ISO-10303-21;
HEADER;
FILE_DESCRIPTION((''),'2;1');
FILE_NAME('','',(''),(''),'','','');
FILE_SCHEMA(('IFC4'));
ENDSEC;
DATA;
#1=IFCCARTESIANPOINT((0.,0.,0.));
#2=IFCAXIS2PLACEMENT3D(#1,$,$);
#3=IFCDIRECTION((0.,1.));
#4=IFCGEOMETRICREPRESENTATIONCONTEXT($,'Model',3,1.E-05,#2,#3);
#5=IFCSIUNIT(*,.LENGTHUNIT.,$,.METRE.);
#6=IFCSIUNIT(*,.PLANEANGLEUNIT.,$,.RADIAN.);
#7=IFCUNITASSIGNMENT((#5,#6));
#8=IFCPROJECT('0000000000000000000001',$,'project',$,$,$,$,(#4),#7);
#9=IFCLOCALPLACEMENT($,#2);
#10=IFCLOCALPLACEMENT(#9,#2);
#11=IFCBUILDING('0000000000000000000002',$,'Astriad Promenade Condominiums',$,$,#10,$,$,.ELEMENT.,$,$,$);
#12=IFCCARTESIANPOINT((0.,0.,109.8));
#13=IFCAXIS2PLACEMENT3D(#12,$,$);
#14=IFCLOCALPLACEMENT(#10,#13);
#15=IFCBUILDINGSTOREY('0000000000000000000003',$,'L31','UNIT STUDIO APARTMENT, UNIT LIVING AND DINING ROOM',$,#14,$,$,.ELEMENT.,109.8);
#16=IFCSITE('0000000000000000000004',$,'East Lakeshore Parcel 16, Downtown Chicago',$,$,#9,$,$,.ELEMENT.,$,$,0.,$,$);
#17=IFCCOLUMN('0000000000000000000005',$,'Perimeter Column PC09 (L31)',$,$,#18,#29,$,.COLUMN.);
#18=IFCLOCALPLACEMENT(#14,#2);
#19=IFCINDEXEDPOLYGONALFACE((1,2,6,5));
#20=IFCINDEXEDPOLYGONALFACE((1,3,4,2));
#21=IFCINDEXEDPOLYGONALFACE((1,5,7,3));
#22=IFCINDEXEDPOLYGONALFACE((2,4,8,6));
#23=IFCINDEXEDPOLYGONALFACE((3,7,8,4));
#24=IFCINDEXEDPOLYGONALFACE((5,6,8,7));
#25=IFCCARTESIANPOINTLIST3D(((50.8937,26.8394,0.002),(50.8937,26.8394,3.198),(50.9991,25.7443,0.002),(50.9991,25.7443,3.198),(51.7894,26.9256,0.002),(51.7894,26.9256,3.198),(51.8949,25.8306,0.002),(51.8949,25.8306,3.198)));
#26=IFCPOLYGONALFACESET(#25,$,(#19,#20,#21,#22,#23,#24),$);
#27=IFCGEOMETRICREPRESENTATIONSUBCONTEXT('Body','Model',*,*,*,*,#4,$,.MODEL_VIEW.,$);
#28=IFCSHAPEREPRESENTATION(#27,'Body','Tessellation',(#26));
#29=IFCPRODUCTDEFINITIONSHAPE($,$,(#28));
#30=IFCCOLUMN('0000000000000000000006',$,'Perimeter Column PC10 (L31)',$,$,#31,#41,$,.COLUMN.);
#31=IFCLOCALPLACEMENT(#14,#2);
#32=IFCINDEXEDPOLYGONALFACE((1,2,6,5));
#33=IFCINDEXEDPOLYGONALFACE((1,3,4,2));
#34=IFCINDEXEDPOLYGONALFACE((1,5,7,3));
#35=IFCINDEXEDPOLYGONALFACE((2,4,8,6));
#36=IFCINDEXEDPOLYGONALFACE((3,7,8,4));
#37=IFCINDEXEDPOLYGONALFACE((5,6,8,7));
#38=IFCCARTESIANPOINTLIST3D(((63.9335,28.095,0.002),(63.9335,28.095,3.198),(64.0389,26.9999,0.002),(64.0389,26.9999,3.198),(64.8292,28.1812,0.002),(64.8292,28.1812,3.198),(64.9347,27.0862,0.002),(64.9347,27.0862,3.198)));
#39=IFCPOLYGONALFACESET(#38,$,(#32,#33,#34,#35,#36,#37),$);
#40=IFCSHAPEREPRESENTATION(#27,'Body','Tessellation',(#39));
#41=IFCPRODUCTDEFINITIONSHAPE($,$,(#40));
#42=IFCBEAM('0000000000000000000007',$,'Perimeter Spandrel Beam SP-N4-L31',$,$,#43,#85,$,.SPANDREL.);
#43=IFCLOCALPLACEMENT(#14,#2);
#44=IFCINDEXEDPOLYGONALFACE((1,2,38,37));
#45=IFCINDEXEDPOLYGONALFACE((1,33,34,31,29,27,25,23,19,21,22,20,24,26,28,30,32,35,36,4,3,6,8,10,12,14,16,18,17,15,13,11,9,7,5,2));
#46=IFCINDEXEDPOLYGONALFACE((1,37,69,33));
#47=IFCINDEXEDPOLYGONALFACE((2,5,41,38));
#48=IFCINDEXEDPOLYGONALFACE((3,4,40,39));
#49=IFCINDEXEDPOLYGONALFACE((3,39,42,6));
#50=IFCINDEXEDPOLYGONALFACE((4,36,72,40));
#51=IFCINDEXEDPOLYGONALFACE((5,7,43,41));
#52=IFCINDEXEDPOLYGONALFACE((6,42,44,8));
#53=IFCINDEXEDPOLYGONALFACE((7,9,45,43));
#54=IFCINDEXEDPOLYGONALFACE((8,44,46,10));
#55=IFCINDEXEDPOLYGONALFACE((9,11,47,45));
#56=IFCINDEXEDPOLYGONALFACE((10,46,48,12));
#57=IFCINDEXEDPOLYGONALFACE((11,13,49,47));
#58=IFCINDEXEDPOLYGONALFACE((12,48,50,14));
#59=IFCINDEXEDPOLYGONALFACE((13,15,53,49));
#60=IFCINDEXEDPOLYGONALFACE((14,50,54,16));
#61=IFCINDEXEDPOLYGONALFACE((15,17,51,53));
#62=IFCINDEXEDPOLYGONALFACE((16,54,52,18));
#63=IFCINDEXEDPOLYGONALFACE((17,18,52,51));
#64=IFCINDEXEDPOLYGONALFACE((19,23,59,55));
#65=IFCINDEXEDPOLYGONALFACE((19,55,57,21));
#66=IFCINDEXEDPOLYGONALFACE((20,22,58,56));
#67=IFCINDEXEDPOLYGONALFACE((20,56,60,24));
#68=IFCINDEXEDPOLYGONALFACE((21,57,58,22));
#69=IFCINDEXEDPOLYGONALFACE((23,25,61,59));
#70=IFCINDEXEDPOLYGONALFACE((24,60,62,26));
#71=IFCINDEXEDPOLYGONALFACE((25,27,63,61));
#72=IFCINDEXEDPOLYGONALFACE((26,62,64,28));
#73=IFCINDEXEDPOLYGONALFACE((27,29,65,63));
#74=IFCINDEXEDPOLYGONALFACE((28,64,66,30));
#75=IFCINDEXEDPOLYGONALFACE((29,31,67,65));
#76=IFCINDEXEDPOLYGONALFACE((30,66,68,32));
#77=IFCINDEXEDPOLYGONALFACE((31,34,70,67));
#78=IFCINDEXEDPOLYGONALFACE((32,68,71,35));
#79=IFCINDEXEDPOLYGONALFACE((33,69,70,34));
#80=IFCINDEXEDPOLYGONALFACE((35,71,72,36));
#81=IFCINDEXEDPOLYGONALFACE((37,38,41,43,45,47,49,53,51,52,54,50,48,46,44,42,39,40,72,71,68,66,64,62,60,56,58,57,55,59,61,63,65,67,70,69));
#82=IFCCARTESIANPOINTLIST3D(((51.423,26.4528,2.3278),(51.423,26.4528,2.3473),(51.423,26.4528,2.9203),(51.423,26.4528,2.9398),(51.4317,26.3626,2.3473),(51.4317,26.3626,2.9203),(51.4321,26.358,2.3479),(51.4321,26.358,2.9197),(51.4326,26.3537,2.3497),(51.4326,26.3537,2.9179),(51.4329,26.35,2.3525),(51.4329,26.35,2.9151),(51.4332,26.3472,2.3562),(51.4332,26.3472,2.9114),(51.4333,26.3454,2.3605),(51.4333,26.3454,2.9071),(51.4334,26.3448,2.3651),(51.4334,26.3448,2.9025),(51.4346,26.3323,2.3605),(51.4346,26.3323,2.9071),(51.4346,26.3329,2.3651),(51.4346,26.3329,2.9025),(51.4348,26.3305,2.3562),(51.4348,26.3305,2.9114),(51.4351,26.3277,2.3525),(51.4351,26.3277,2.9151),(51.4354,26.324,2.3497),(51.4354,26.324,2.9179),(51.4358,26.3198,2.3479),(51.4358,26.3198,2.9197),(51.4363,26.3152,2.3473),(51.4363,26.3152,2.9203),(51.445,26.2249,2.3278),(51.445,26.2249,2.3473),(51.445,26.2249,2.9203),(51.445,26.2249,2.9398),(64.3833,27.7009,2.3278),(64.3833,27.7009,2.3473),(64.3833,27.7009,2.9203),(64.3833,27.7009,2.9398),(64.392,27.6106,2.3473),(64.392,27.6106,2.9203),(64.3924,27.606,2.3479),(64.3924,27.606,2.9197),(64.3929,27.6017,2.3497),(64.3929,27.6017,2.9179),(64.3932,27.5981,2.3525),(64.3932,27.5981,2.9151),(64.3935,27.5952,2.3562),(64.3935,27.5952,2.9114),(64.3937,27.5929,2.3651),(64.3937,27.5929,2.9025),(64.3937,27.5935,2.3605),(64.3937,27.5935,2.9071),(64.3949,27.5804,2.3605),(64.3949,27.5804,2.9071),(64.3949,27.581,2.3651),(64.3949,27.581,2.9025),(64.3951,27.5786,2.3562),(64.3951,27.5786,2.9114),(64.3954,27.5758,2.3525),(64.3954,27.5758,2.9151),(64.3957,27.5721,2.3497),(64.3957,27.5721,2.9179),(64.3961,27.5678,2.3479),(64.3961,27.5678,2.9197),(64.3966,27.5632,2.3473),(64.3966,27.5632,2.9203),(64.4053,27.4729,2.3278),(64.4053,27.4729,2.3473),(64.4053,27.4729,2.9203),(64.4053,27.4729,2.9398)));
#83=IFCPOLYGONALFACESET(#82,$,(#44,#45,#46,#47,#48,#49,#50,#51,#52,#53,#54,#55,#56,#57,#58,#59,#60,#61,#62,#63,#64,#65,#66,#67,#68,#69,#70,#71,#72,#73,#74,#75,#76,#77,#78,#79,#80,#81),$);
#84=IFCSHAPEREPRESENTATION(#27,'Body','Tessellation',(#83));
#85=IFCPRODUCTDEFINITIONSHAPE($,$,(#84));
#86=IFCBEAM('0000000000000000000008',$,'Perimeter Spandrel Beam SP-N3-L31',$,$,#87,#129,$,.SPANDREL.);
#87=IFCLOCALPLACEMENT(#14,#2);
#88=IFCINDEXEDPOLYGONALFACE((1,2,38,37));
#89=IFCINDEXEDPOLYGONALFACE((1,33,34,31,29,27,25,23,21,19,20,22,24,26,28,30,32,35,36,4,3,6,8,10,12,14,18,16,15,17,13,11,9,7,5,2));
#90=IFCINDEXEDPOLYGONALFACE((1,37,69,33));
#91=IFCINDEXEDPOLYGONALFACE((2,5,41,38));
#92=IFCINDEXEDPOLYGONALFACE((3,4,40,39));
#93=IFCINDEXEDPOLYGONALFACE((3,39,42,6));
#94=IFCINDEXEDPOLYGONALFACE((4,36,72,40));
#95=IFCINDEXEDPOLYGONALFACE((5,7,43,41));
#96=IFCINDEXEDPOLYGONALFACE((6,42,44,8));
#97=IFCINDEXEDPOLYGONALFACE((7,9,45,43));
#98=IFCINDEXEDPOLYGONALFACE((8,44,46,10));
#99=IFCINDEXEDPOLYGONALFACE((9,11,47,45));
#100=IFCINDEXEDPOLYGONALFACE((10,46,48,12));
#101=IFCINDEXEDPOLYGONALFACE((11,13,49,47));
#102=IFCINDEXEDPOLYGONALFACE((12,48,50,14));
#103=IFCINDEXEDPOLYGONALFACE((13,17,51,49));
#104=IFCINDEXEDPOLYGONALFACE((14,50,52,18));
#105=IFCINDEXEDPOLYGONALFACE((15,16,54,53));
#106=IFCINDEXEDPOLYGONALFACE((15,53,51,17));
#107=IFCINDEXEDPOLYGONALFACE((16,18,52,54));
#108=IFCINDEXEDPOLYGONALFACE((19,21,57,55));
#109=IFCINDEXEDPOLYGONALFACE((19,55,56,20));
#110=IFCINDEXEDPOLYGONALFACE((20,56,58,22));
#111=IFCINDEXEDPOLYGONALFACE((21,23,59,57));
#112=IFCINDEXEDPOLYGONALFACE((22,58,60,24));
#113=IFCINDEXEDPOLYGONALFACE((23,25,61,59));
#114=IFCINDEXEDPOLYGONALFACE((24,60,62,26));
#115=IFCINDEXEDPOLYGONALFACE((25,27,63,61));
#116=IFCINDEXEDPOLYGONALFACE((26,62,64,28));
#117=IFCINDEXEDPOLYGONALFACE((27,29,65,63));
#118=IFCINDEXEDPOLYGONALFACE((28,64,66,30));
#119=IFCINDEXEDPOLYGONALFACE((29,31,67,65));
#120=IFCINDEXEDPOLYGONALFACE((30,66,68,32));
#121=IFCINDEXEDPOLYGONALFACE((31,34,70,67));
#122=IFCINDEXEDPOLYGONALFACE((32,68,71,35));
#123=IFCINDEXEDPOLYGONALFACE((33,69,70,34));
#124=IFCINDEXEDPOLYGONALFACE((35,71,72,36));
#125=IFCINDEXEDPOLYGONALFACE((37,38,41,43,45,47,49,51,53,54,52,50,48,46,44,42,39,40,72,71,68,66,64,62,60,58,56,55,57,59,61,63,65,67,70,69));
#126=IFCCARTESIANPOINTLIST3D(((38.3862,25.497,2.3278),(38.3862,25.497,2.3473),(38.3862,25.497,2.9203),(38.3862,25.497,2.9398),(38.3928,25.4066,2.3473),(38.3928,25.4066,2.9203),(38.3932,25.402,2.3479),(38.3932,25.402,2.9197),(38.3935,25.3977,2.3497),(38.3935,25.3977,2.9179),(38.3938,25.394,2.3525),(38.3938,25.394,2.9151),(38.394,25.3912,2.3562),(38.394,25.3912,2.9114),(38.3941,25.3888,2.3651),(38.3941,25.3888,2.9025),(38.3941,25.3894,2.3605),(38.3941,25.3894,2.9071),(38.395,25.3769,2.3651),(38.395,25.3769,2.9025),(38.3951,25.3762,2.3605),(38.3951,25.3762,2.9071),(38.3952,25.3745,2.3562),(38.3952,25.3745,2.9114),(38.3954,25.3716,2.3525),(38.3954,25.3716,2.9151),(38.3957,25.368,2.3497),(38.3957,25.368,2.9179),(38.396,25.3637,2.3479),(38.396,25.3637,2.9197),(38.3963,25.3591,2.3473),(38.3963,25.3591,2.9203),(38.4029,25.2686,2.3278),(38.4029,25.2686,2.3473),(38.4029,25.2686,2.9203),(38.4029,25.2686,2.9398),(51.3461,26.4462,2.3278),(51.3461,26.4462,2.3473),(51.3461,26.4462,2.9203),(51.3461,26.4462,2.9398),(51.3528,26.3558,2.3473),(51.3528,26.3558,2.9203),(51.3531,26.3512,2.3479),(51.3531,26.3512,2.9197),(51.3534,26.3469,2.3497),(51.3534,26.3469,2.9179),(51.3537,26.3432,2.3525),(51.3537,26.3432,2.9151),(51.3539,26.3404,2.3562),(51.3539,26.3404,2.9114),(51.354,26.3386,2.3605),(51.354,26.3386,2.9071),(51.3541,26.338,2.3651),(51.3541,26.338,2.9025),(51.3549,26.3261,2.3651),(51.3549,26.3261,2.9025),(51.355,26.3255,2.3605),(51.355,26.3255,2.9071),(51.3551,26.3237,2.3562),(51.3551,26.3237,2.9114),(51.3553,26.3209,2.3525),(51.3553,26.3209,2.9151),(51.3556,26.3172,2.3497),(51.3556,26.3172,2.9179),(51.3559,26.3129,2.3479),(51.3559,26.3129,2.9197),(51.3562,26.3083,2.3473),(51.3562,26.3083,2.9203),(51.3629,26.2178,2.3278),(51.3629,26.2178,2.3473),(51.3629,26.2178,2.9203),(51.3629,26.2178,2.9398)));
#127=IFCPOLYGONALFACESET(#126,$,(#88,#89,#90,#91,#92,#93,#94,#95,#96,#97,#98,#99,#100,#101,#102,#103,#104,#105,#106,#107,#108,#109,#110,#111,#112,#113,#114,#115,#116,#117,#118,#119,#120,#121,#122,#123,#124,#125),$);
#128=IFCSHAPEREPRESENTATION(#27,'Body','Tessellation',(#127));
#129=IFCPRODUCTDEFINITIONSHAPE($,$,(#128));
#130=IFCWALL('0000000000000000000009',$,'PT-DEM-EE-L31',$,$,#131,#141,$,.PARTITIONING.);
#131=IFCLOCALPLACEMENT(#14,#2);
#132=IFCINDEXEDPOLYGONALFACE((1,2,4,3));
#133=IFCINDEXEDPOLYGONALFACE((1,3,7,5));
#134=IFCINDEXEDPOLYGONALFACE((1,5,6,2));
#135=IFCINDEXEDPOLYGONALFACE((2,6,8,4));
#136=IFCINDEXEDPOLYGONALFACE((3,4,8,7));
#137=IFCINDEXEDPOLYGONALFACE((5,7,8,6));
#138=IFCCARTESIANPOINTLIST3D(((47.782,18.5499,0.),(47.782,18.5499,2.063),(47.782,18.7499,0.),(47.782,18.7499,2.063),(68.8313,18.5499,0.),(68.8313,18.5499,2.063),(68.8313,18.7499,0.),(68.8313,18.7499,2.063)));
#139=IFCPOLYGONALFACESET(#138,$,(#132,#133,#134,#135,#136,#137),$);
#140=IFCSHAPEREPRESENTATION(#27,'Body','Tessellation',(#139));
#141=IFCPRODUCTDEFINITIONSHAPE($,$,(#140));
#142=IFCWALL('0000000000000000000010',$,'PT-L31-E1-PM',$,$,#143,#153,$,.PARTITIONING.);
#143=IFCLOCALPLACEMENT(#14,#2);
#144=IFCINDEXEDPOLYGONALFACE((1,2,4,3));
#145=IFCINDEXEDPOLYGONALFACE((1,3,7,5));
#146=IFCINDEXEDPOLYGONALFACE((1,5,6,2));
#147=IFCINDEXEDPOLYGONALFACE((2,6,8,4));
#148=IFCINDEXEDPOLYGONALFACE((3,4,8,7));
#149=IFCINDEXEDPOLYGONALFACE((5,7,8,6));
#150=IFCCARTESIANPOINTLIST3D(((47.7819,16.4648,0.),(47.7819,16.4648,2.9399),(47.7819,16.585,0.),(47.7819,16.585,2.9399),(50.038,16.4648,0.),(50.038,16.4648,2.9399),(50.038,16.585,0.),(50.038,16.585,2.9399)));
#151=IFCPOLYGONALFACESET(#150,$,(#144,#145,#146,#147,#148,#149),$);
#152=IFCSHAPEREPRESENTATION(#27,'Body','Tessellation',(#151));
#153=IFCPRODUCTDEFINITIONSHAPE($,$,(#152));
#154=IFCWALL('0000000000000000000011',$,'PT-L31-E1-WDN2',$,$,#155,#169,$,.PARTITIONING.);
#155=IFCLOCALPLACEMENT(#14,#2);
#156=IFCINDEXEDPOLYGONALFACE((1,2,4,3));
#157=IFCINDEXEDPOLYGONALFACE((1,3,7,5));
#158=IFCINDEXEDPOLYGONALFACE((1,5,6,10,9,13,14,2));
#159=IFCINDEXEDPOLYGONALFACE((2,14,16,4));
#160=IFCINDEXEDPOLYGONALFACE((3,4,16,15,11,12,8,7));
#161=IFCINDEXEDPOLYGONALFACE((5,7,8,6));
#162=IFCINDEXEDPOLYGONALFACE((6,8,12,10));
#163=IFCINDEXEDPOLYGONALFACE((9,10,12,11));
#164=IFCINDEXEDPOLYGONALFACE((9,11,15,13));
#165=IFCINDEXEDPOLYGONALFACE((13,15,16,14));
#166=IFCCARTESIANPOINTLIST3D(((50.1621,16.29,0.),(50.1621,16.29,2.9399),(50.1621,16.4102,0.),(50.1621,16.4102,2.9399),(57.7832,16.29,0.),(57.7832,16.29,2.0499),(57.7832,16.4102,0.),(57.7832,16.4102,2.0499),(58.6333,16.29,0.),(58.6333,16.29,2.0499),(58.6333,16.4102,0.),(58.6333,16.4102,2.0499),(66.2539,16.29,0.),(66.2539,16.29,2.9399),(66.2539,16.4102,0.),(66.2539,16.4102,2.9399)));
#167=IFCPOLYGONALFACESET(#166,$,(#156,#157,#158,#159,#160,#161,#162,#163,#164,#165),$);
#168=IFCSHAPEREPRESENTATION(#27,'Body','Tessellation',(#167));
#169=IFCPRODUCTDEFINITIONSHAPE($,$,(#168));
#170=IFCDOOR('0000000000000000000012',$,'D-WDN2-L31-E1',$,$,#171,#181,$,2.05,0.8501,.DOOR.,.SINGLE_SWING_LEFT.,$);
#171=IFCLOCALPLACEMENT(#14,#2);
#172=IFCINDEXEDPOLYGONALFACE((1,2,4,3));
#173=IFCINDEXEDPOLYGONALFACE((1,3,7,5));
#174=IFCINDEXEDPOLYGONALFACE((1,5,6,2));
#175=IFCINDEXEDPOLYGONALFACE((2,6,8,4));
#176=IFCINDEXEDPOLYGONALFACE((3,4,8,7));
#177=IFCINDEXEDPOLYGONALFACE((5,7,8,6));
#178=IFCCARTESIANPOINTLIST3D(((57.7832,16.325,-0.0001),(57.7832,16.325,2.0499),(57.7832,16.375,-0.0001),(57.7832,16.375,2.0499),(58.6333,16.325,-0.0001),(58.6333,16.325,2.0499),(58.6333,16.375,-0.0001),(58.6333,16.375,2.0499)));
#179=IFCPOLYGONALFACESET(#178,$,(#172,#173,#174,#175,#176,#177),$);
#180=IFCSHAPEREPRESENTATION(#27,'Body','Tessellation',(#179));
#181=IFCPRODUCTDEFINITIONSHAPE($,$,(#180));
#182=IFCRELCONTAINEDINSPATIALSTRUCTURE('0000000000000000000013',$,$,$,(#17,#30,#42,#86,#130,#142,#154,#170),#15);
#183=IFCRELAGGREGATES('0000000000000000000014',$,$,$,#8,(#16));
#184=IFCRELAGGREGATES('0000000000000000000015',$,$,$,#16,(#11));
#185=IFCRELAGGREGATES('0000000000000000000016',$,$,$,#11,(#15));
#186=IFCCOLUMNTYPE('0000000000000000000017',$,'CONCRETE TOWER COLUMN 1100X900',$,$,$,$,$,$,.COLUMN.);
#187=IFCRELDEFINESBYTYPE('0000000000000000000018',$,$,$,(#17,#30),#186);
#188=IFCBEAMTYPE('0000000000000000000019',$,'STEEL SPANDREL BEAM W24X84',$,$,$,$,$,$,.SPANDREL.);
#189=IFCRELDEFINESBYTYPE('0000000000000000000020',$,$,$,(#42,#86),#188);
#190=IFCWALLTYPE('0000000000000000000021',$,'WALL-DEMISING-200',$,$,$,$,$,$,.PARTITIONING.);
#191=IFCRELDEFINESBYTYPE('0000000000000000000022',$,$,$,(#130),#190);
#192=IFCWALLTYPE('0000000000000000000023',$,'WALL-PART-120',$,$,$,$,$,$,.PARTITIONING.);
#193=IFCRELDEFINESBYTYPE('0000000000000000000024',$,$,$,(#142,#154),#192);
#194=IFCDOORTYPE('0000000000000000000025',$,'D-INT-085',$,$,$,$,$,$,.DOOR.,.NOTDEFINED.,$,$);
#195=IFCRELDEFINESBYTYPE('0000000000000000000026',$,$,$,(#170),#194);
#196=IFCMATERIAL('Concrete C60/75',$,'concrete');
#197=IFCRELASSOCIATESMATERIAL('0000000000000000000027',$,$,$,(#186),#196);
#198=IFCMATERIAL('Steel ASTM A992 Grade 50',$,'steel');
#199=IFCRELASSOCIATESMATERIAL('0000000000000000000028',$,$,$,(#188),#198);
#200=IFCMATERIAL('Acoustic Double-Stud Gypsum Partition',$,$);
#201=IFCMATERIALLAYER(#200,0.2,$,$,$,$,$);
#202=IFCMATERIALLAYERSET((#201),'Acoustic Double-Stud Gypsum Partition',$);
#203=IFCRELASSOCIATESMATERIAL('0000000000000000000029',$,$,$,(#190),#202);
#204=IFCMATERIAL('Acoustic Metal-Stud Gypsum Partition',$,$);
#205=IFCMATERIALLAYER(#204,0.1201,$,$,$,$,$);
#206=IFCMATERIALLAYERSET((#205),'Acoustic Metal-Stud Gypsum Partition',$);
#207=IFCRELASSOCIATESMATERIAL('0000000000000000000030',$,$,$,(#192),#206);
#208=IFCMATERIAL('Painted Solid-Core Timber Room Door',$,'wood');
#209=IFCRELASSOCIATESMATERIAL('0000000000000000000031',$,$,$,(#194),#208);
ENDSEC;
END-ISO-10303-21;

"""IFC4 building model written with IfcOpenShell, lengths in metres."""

from ifc_helpers import new_model, si_unit, direction, frame, frame_2d, origin, origin_2d, place, context, subcontext, project, spatial, rectangle, i_section, extrude, source, transform, mapped, material, layer, layer_set, material_profile, profile_set, type_object, type_shapes, element, fill, save


model = new_model("IFC4")

# Units and contexts
model_context = context("Model", 3, precision=1e-05, world=origin(), true_north=direction((0.0, 1.0)))
body_context = subcontext(model_context, "Body", "Model", "MODEL_VIEW")
ifc_project = project(units=[si_unit("LENGTHUNIT", "METRE"), si_unit("PLANEANGLEUNIT", "RADIAN")], contexts=[model_context])

# Site, building, storey
site_placement = place(None, origin())
site = spatial("IfcSite", under=ifc_project, at=site_placement, Name="East Lakeshore Parcel 16, Downtown Chicago", CompositionType="ELEMENT", RefElevation=0.0)
building_placement = place(site_placement, origin())
building = spatial("IfcBuilding", under=site, at=building_placement, Name="Astriad Promenade Condominiums", CompositionType="ELEMENT")
storey_placement = place(building_placement, frame((0.0, 0.0, 109.8)))
storey = spatial("IfcBuildingStorey", under=building, at=storey_placement, Name="L31", Description="UNIT STUDIO APARTMENT, UNIT LIVING AND DINING ROOM", CompositionType="ELEMENT", Elevation=109.8)

# Columns
ifc_material_1 = material(Name="Concrete C60/75", Category="concrete")
ifc_material_profile_1 = material_profile(ifc_material_1, rectangle(XDim=0.8999, YDim=1.1001, at=origin_2d()), Name="RC-COL-1100X900")
ifc_profile_set_1 = profile_set([ifc_material_profile_1], Name="Concrete C60/75")
column_type = type_object("IfcColumnType", Name="CONCRETE TOWER COLUMN 1100X900", PredefinedType="COLUMN", material=ifc_profile_set_1)
shared_shape_1 = source(origin(), body_context, "Body", "SweptSolid", [
    extrude(rectangle(XDim=0.8999, YDim=1.1001, at=origin_2d()), origin(), (0.0, 0.0, 1.0), 3.196),
])
type_shapes(column_type, [shared_shape_1])
for number, where, z_axis, x_axis, name in (
    (1, (51.3943, 26.335, 0.002), (0.0, 0.0, 1.0), (0.995396, 0.095846, 0.0), "Perimeter Column PC09 (L31)"),
    (2, (64.4341, 27.5906, 0.002), (0.0, 0.0, 1.0), (0.995396, 0.095846, 0.0), "Perimeter Column PC10 (L31)"),
):
    element("IfcColumn", number, at=place(storey_placement, frame(where, z_axis=z_axis, x_axis=x_axis)), inside=storey, type_object=column_type, Name=name, PredefinedType="COLUMN", context=body_context, shape_type="MappedRepresentation", body=[
        mapped(shared_shape_1, transform((0.0, 0.0, 0.0), scale=1.0)),
    ])

# Beams
ifc_material_2 = material(Name="Steel ASTM A992 Grade 50", Category="steel")
ifc_material_profile_2 = material_profile(ifc_material_2, i_section(OverallWidth=0.229, OverallDepth=0.6121, WebThickness=0.012, FlangeThickness=0.0195, FilletRadius=0.0178, at=origin_2d()), Name="W24X84")
ifc_profile_set_2 = profile_set([ifc_material_profile_2], Name="Steel ASTM A992 Grade 50")
beam_type = type_object("IfcBeamType", Name="STEEL SPANDREL BEAM W24X84", PredefinedType="SPANDREL", material=ifc_profile_set_2)
shared_shape_2 = source(origin(), body_context, "Body", "SweptSolid", [
    extrude(i_section(OverallWidth=0.229, OverallDepth=0.6121, WebThickness=0.012, FlangeThickness=0.0195, FilletRadius=0.0178, at=origin_2d()), origin(), (0.0, 0.0, 1.0), 13.0203),
])
beam_1_placement = place(storey_placement, frame((64.3943, 27.5869, 2.6338), z_axis=(-0.995395, -0.095855, 0.0), x_axis=(0.095855, -0.995395, 0.0)))
element("IfcBeam", 3, at=beam_1_placement, inside=storey, type_object=beam_type, Name="Perimeter Spandrel Beam SP-N4-L31", PredefinedType="SPANDREL", context=body_context, shape_type="MappedRepresentation", body=[
    mapped(shared_shape_2, transform((0.0, 0.0, 0.0), scale=1.0)),
])
shared_shape_3 = source(origin(), body_context, "Body", "SweptSolid", [
    extrude(i_section(OverallWidth=0.229, OverallDepth=0.6121, WebThickness=0.012, FlangeThickness=0.0195, FilletRadius=0.0178, at=origin_2d()), origin(), (0.0, 0.0, 1.0), 12.9946),
])
type_shapes(beam_type, [shared_shape_2, shared_shape_3])
beam_2_placement = place(storey_placement, frame((51.3545, 26.332, 2.6338), z_axis=(-0.997329, -0.073047, 0.0), x_axis=(0.073047, -0.997329, 0.0)))
element("IfcBeam", 4, at=beam_2_placement, inside=storey, type_object=beam_type, Name="Perimeter Spandrel Beam SP-N3-L31", PredefinedType="SPANDREL", context=body_context, shape_type="MappedRepresentation", body=[
    mapped(shared_shape_3, transform((0.0, 0.0, 0.0), scale=1.0)),
])

# Walls
ifc_material_3 = material(Name="Acoustic Double-Stud Gypsum Partition")
ifc_layer_1 = layer(ifc_material_3, 0.2)
ifc_layer_set_1 = layer_set([ifc_layer_1], Name="Acoustic Double-Stud Gypsum Partition")
wall_type_1 = type_object("IfcWallType", Name="WALL-DEMISING-200", PredefinedType="PARTITIONING", material=ifc_layer_set_1)
wall_1_placement = place(storey_placement, frame((47.782, 18.6499, 0.0), z_axis=(0.0, 0.0, 1.0), x_axis=(1.0, 0.0, 0.0)))
element("IfcWall", 5, at=wall_1_placement, inside=storey, type_object=wall_type_1, Name="PT-DEM-EE-L31", PredefinedType="PARTITIONING", context=body_context, shape_type="SweptSolid", body=[
    extrude(rectangle(XDim=21.0493, YDim=0.2, at=frame_2d((10.5247, 0.0))), origin(), (0.0, 0.0, 1.0), 2.063),
])
ifc_material_4 = material(Name="Acoustic Metal-Stud Gypsum Partition")
ifc_layer_2 = layer(ifc_material_4, 0.1201)
ifc_layer_set_2 = layer_set([ifc_layer_2], Name="Acoustic Metal-Stud Gypsum Partition")
wall_type_2 = type_object("IfcWallType", Name="WALL-PART-120", PredefinedType="PARTITIONING", material=ifc_layer_set_2)
wall_2_placement = place(storey_placement, frame((47.782, 16.5249, 0.0), z_axis=(0.0, 0.0, 1.0), x_axis=(1.0, 0.0, 0.0)))
element("IfcWall", 6, at=wall_2_placement, inside=storey, type_object=wall_type_2, Name="PT-L31-E1-PM", PredefinedType="PARTITIONING", context=body_context, shape_type="SweptSolid", body=[
    extrude(rectangle(XDim=2.2561, YDim=0.1201, at=frame_2d((1.1279, 0.0))), origin(), (0.0, 0.0, 1.0), 2.9399),
])

# Wall, opening, door
wall_3_placement = place(storey_placement, frame((50.1621, 16.3501, 0.0), z_axis=(0.0, 0.0, 1.0), x_axis=(1.0, 0.0, 0.0)))
wall_3 = element("IfcWall", 7, at=wall_3_placement, inside=storey, type_object=wall_type_2, Name="PT-L31-E1-WDN2", PredefinedType="PARTITIONING", context=body_context, shape_type="SweptSolid", body=[
    extrude(rectangle(XDim=16.0918, YDim=0.1201, at=frame_2d((8.0459, 0.0))), origin(), (0.0, 0.0, 1.0), 2.9399),
])
opening_1_placement = place(wall_3_placement, frame((7.6211, 0.0, 0.0)))
opening_1 = element("IfcOpeningElement", 8, at=opening_1_placement, cuts=wall_3, PredefinedType="OPENING", context=body_context, shape_type="SweptSolid", body=[
    extrude(rectangle(XDim=0.8501, YDim=2.05, at=frame_2d((0.425, 1.0249))), frame((0.0, 0.0701, 0.0), z_axis=(0.0, -1.0, 0.0), x_axis=(1.0, 0.0, 0.0)), (0.0, 0.0, 1.0), 0.1401),
])
ifc_material_5 = material(Name="Painted Solid-Core Timber Room Door", Category="wood")
door_type_1 = type_object("IfcDoorType", Name="D-INT-085", OperationType="NOTDEFINED", PredefinedType="DOOR", material=ifc_material_5)
shared_shape_4 = source(origin(), body_context, "Body", "SweptSolid", [
    extrude(rectangle(XDim=0.8501, YDim=2.05, at=frame_2d((0.425, 1.0249))), frame((0.0, 0.0249, 0.0), z_axis=(0.0, -1.0, 0.0), x_axis=(1.0, 0.0, 0.0)), (0.0, 0.0, 1.0), 0.05),
])
type_shapes(door_type_1, [shared_shape_4])
door_1_placement = place(opening_1_placement, origin())
door_1 = element("IfcDoor", 9, at=door_1_placement, inside=storey, type_object=door_type_1, Name="D-WDN2-L31-E1", OperationType="SINGLE_SWING_LEFT", OverallHeight=2.05, OverallWidth=0.8501, PredefinedType="DOOR", context=body_context, shape_type="MappedRepresentation", body=[
    mapped(shared_shape_4, transform((0.0, 0.0, 0.0), scale=1.0)),
])
fill(opening_1, door_1)

save(model, "model.ifc")
